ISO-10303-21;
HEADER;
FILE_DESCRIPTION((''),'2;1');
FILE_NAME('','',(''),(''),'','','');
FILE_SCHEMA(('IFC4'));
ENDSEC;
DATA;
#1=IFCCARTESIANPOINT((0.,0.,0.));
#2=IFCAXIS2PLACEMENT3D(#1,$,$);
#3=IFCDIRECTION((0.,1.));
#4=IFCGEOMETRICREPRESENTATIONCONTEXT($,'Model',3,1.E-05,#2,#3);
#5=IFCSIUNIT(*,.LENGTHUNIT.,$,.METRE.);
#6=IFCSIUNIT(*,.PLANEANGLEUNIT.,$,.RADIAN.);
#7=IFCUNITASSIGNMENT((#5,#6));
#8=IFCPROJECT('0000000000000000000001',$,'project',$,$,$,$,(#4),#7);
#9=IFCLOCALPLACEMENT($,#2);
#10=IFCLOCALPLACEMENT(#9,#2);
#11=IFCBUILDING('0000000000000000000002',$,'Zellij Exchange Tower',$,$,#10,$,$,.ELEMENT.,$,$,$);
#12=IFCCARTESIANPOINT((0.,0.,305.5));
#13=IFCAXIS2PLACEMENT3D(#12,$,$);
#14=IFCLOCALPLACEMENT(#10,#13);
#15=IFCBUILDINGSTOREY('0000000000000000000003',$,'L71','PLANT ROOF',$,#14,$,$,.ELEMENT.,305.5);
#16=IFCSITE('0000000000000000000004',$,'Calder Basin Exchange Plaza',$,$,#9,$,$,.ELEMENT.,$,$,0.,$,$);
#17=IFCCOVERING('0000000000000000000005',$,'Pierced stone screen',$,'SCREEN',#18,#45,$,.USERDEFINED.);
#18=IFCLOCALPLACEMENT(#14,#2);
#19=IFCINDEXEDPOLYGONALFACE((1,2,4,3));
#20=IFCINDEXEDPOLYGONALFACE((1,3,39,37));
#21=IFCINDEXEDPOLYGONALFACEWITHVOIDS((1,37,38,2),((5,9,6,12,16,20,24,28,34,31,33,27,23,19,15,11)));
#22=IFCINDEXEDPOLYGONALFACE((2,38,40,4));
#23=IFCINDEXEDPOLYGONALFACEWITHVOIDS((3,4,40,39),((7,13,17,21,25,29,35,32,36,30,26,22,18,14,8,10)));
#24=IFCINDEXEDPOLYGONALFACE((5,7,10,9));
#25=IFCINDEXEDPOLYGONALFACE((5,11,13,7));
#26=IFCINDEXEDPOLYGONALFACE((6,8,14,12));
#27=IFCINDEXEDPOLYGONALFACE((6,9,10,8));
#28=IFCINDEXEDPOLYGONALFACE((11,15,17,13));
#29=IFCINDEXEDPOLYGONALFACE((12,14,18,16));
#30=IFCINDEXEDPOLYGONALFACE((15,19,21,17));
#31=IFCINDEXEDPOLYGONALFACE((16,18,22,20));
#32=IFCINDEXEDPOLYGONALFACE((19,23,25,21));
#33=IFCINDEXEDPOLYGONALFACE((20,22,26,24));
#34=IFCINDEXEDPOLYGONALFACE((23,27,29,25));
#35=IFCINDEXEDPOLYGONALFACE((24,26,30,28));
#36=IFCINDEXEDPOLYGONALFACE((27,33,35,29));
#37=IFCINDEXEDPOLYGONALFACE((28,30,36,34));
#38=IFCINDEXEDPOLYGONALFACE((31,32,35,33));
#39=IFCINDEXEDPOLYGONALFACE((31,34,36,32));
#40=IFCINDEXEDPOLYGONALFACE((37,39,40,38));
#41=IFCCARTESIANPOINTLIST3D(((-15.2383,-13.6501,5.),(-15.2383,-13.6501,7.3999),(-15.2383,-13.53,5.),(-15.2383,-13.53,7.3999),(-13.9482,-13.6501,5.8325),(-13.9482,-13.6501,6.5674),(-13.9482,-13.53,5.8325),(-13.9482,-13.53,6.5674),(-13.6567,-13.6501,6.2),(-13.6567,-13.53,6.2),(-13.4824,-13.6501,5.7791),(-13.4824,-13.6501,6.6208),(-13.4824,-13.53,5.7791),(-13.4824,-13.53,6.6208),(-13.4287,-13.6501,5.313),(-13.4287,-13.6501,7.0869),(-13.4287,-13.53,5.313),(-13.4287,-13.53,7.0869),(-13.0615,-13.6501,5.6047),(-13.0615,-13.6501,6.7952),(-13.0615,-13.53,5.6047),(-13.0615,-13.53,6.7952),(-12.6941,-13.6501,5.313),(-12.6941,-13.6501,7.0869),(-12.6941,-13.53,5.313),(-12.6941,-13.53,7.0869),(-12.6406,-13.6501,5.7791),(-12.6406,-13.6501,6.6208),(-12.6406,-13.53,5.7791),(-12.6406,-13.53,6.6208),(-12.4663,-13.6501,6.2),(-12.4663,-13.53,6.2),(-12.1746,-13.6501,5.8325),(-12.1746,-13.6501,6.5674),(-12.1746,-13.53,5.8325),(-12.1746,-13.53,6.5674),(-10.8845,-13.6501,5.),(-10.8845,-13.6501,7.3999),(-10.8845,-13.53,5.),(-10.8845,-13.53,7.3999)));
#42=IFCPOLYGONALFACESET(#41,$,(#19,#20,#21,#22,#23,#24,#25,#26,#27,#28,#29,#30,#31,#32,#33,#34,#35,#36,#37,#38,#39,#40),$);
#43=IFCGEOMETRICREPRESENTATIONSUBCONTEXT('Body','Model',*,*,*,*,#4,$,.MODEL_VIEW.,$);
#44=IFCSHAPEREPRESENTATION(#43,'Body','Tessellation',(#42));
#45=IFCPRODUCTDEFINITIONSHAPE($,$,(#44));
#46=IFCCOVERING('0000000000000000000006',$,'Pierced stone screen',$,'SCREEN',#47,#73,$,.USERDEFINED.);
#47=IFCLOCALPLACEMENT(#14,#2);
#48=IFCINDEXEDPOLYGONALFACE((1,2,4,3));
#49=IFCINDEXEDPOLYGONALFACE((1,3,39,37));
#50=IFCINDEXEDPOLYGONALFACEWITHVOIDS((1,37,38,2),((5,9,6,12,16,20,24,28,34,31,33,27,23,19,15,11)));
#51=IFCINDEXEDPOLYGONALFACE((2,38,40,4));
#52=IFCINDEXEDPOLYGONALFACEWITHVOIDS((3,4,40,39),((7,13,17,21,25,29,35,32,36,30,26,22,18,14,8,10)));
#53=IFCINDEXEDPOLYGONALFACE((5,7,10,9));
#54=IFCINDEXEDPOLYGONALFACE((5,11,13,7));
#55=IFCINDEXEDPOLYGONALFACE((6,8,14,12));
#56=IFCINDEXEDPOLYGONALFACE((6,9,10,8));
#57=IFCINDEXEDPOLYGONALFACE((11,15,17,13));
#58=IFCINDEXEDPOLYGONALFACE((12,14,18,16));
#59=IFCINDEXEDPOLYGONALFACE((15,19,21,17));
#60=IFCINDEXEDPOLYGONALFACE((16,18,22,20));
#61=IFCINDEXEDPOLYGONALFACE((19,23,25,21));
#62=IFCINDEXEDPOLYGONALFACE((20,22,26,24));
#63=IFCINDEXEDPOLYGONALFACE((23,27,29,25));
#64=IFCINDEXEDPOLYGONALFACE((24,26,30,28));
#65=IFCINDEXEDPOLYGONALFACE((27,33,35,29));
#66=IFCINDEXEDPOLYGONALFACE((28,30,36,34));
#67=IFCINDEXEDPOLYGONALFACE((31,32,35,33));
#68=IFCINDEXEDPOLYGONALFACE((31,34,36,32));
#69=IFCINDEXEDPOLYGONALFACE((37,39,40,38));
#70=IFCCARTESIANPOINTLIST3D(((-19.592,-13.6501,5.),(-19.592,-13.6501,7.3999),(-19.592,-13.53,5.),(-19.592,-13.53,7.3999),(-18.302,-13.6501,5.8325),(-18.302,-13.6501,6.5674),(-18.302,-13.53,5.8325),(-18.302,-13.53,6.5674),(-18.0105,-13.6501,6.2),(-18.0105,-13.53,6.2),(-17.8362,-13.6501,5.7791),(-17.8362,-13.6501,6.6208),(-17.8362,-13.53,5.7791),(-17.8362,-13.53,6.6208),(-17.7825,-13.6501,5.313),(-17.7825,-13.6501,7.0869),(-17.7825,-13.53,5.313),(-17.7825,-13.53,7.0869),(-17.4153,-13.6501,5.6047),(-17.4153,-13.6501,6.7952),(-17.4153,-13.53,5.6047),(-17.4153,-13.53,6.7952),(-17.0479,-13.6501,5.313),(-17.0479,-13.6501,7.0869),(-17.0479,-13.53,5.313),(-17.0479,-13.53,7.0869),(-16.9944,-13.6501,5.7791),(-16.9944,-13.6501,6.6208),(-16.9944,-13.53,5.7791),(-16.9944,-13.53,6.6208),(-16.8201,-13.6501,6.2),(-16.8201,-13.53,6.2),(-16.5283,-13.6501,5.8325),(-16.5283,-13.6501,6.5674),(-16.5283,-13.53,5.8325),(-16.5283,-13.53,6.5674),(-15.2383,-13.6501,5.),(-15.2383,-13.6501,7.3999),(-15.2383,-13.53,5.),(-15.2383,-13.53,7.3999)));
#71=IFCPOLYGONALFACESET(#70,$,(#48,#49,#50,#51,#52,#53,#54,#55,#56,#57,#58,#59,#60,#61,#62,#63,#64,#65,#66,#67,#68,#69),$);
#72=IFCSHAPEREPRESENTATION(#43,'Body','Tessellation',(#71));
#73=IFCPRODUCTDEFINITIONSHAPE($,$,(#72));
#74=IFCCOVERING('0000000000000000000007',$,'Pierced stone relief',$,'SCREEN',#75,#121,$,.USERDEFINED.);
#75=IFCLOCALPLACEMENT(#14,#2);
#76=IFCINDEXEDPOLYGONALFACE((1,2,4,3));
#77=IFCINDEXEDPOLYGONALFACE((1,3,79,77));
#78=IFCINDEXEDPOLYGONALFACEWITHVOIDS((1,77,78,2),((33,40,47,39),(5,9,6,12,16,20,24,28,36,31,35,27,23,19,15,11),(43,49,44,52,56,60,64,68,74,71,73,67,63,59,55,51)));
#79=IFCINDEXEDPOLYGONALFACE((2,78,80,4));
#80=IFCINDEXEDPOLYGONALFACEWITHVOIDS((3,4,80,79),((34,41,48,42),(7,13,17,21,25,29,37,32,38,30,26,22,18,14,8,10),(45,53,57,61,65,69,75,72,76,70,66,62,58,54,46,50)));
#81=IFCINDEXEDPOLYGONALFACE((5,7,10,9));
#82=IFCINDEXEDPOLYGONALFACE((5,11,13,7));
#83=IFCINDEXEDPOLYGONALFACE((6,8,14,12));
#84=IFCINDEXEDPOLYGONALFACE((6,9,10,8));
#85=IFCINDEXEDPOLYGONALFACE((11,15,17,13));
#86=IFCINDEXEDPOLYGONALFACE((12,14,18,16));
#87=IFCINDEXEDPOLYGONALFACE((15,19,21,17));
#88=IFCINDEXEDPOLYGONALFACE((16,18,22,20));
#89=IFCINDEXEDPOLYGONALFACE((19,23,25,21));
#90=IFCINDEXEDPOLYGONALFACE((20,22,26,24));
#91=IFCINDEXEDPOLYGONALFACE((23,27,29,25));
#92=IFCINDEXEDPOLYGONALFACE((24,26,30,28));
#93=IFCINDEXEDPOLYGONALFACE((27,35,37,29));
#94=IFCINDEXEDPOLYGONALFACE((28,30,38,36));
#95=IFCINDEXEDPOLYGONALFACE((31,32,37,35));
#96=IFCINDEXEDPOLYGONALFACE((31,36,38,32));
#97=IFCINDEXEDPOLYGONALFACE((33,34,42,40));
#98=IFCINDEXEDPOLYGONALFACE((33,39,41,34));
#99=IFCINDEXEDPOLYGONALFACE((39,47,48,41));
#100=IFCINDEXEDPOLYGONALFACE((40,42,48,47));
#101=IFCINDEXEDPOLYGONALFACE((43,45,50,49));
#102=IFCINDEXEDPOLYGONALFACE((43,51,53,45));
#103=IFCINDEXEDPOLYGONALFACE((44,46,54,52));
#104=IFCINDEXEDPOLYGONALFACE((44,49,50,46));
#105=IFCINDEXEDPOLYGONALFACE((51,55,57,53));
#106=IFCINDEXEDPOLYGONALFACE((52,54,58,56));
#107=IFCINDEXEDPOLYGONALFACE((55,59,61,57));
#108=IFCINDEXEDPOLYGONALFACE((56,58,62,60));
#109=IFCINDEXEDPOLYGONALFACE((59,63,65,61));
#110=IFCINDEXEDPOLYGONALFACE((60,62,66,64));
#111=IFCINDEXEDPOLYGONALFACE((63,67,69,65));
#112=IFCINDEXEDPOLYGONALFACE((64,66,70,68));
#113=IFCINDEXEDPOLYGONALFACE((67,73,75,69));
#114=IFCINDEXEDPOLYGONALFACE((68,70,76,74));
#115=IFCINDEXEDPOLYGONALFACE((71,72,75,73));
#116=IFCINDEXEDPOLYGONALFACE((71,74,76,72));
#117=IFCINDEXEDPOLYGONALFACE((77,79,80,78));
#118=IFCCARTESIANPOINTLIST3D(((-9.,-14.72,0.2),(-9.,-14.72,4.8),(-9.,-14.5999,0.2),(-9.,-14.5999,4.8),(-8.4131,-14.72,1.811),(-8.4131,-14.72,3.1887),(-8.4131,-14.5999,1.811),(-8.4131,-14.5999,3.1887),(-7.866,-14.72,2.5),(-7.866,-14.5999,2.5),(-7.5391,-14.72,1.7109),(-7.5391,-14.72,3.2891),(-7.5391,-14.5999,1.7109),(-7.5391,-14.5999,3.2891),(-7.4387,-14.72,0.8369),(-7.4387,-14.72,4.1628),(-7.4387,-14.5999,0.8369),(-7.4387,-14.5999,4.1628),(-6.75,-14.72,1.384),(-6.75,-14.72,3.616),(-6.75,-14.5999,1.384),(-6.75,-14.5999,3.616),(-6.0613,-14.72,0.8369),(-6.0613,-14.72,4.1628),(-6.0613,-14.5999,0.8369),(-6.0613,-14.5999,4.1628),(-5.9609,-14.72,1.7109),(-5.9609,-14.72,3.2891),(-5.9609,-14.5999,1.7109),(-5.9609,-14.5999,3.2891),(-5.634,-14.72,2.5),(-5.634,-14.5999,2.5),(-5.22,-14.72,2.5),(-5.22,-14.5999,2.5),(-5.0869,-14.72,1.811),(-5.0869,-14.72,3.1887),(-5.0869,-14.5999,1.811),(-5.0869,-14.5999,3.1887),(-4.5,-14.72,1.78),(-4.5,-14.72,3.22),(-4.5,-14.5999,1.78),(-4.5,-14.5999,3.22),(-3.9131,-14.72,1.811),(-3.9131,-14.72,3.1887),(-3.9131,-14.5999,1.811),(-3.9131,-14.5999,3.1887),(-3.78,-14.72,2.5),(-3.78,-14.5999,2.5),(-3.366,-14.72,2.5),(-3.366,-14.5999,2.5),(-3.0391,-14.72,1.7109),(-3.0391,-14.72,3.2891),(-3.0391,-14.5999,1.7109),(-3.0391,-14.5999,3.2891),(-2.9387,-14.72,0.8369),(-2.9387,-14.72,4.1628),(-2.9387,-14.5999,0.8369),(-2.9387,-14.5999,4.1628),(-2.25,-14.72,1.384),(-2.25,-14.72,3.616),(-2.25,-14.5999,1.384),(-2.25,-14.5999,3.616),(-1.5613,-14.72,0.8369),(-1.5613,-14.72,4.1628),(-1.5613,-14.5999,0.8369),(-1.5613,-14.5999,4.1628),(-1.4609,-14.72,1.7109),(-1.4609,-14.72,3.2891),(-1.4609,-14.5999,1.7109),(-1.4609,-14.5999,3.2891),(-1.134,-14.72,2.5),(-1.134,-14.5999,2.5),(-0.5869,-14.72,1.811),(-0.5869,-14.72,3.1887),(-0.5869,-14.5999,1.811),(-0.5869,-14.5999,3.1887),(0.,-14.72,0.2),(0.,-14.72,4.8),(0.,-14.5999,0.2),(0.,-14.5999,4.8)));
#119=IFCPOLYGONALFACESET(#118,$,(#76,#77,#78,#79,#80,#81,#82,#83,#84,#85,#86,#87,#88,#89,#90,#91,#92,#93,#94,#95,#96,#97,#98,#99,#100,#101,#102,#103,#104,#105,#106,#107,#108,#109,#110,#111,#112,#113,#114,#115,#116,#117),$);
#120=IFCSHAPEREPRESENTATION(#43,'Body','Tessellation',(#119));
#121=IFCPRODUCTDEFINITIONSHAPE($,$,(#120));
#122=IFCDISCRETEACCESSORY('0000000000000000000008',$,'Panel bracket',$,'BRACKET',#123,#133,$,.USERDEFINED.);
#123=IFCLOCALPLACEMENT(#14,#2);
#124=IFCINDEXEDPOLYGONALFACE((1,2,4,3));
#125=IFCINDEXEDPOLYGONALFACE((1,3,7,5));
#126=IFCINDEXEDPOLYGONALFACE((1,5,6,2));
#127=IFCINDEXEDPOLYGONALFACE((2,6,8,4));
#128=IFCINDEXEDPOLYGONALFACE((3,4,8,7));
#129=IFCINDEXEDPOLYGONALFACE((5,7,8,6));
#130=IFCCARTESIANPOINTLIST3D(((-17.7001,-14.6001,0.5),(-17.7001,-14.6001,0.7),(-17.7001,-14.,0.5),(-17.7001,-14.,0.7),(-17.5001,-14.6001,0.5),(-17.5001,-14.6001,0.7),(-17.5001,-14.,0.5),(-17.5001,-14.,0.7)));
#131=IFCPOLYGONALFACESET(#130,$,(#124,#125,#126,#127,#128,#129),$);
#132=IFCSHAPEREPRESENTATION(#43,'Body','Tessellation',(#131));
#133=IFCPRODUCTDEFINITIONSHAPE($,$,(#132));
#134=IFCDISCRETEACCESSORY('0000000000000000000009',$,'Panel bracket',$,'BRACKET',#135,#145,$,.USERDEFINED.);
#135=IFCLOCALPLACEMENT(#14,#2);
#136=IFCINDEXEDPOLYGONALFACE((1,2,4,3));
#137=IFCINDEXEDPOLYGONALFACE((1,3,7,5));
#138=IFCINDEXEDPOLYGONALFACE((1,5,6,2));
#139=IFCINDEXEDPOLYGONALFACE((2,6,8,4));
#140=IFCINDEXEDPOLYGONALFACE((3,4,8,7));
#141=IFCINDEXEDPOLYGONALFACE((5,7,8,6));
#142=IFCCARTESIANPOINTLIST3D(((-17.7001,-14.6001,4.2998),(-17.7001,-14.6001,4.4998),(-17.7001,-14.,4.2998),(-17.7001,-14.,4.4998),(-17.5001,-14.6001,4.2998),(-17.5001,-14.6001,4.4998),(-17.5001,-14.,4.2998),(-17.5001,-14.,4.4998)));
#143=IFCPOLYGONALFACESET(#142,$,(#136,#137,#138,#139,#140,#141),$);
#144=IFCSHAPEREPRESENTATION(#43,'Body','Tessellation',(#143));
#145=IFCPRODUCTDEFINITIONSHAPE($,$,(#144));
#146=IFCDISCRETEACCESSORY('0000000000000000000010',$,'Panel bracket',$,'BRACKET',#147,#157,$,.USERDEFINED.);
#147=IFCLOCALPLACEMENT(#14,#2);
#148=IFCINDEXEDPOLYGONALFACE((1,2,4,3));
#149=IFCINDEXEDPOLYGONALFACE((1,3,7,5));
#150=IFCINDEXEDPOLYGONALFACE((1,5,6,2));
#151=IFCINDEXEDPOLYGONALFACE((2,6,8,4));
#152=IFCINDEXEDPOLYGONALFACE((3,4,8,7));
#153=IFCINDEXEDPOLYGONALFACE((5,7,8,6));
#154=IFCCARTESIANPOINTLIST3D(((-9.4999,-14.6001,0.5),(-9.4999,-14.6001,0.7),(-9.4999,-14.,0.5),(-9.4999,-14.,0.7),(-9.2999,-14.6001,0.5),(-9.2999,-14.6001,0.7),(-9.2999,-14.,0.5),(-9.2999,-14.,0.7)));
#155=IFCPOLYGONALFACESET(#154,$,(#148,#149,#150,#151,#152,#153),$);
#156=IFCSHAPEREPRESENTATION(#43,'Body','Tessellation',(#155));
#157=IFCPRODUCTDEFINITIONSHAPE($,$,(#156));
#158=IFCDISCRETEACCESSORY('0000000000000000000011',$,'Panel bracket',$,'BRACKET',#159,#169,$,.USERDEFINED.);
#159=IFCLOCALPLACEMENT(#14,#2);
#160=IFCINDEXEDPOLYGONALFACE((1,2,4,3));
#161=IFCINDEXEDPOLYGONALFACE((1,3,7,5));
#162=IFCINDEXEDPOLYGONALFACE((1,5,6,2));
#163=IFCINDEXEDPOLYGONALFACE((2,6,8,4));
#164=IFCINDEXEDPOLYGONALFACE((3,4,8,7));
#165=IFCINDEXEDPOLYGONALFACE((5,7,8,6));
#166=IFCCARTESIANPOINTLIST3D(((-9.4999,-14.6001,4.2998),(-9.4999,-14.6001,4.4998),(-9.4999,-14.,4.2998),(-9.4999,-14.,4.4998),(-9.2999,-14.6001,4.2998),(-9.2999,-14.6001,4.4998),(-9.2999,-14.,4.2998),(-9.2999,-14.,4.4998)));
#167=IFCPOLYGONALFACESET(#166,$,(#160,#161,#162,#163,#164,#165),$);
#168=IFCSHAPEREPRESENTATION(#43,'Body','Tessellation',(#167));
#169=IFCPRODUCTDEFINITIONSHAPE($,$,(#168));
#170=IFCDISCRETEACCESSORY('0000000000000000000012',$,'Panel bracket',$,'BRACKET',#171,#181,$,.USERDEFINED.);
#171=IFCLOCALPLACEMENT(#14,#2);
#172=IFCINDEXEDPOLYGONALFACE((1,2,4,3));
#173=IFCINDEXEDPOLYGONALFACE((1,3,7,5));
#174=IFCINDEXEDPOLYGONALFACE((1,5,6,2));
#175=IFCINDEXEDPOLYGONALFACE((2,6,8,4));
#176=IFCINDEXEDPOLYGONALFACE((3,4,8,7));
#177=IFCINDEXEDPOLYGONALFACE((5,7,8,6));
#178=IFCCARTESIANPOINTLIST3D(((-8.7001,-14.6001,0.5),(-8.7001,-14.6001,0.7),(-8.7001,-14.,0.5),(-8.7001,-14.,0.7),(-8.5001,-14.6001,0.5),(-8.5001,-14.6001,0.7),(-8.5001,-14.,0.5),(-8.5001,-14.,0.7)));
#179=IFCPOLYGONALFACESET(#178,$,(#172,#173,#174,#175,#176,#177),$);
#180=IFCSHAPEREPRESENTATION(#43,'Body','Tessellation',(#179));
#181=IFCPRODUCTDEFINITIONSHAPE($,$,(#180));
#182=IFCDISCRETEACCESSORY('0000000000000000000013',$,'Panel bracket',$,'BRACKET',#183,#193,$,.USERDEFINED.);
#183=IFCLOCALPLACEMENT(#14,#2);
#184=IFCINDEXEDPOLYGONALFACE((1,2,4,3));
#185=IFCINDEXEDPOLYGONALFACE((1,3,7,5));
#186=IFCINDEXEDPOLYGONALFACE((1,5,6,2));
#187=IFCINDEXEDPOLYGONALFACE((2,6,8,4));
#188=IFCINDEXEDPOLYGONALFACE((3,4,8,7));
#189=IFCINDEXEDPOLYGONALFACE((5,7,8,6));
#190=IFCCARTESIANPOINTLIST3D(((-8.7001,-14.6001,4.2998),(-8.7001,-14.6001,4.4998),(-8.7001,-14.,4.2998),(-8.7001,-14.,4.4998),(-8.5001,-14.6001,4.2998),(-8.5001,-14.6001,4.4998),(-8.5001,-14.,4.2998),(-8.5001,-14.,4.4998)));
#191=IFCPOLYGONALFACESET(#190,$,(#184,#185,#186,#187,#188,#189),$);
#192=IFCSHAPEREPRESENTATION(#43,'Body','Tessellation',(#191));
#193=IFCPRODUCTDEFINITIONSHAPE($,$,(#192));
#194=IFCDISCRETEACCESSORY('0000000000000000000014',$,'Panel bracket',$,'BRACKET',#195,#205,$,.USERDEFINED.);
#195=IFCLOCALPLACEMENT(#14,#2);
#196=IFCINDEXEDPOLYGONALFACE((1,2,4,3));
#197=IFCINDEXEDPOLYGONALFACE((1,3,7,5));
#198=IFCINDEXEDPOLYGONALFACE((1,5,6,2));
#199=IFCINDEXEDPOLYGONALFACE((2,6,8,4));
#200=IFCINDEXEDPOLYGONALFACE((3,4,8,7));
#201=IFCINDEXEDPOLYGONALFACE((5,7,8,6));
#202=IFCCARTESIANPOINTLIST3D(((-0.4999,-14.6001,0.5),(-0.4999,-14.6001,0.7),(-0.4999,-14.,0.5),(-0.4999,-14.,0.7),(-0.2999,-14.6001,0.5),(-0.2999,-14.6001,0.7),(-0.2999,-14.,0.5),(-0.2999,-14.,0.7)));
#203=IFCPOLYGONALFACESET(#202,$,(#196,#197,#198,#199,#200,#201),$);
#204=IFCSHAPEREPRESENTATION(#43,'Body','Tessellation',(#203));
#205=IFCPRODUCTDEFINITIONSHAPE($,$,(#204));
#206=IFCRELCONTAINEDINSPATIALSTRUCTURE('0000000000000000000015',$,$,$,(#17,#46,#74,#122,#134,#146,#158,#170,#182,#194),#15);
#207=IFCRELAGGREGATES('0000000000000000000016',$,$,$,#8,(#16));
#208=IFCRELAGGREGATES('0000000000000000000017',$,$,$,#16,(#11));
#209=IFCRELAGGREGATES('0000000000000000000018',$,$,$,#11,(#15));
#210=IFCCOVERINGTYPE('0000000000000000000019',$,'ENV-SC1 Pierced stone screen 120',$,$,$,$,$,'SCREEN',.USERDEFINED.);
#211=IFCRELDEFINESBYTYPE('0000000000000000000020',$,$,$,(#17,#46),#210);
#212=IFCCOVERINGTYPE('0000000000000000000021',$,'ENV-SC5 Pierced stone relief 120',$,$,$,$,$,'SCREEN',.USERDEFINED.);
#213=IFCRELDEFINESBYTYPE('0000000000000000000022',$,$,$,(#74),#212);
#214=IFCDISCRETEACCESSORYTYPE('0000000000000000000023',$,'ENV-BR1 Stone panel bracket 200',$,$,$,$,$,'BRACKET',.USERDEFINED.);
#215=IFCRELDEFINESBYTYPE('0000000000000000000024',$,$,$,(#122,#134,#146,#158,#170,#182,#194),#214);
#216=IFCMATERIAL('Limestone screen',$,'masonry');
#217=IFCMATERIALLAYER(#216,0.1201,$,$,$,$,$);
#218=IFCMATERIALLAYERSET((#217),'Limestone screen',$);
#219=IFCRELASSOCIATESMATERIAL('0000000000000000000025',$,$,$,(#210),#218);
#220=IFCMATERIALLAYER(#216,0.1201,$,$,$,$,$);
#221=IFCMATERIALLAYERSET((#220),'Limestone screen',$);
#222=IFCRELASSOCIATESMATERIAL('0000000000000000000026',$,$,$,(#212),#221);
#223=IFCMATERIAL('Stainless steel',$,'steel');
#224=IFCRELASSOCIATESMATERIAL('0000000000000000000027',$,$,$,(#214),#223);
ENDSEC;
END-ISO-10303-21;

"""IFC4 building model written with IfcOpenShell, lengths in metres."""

from ifc_helpers import new_model, si_unit, direction, frame, origin, origin_2d, place, context, subcontext, project, spatial, polyline, rectangle, outline, extrude, material, layer, layer_set, type_object, element, save


model = new_model("IFC4")

# Units and contexts
model_context = context("Model", 3, precision=1e-05, world=origin(), true_north=direction((0.0, 1.0)))
body_context = subcontext(model_context, "Body", "Model", "MODEL_VIEW")
ifc_project = project(units=[si_unit("LENGTHUNIT", "METRE"), si_unit("PLANEANGLEUNIT", "RADIAN")], contexts=[model_context])

# Site, building, storey
site_placement = place(None, origin())
site = spatial("IfcSite", under=ifc_project, at=site_placement, Name="Calder Basin Exchange Plaza", CompositionType="ELEMENT", RefElevation=0.0)
building_placement = place(site_placement, origin())
building = spatial("IfcBuilding", under=site, at=building_placement, Name="Zellij Exchange Tower", CompositionType="ELEMENT")
storey_placement = place(building_placement, frame((0.0, 0.0, 305.5)))
storey = spatial("IfcBuildingStorey", under=building, at=storey_placement, Name="L71", Description="PLANT ROOF", CompositionType="ELEMENT", Elevation=305.5)

# Shared definitions
ifc_material_1 = material(Name="Stainless steel", Category="steel")

# Coverings
ifc_material_2 = material(Name="Limestone screen", Category="masonry")
ifc_layer_1 = layer(ifc_material_2, 0.1201)
ifc_layer_set_1 = layer_set([ifc_layer_1], Name="Limestone screen")
covering_type_1 = type_object("IfcCoveringType", Name="ENV-SC1 Pierced stone screen 120", ElementType="SCREEN", PredefinedType="USERDEFINED", material=ifc_layer_set_1)
for number, where, z_axis, x_axis, name in (
    (1, (-10.8845, -13.5901, 5.0), (0.0, 0.0, 1.0), (-1.0, 0.0, 0.0), "Pierced stone screen"),
    (2, (-15.2383, -13.5901, 5.0), (0.0, 0.0, 1.0), (-1.0, 0.0, 0.0), "Pierced stone screen"),
):
    element("IfcCovering", number, at=place(storey_placement, frame(where, z_axis=z_axis, x_axis=x_axis)), inside=storey, type_object=covering_type_1, Name=name, ObjectType="SCREEN", PredefinedType="USERDEFINED", context=body_context, shape_type="SweptSolid", body=[
        extrude(outline(polyline([(0.0, 0.0), (4.3538, 0.0), (4.3538, 2.3999), (0.0, 2.3999), (0.0, 0.0)]), holes=[polyline([(3.0637, 1.5674), (2.5979, 1.6208), (2.5442, 2.0869), (2.177, 1.7952), (1.8096, 2.0869), (1.7561, 1.6208), (1.29, 1.5674), (1.5818, 1.2), (1.29, 0.8325), (1.7561, 0.7791), (1.8096, 0.313), (2.177, 0.6047), (2.5442, 0.313), (2.5979, 0.7791), (3.0637, 0.8325), (2.7722, 1.2), (3.0637, 1.5674)])]), frame((0.0, 0.0601, 0.0), z_axis=(0.0, -1.0, 0.0), x_axis=(1.0, 0.0, 0.0)), (0.0, 0.0, 1.0), 0.1201),
    ])
ifc_layer_2 = layer(ifc_material_2, 0.1201)
ifc_layer_set_2 = layer_set([ifc_layer_2], Name="Limestone screen")
covering_type_2 = type_object("IfcCoveringType", Name="ENV-SC5 Pierced stone relief 120", ElementType="SCREEN", PredefinedType="USERDEFINED", material=ifc_layer_set_2)
covering_placement = place(storey_placement, frame((-9.0, -14.6599, 0.2), z_axis=(0.0, 0.0, 1.0), x_axis=(1.0, 0.0, 0.0)))
element("IfcCovering", 3, at=covering_placement, inside=storey, type_object=covering_type_2, Name="Pierced stone relief", ObjectType="SCREEN", PredefinedType="USERDEFINED", context=body_context, shape_type="SweptSolid", body=[
    extrude(outline(polyline([(0.0, 0.0), (9.0, 0.0), (9.0, 4.6001), (0.0, 4.6001), (0.0, 0.0)]), holes=[polyline([(3.9131, 2.9888), (3.0391, 3.0891), (2.9387, 3.9629), (2.25, 3.416), (1.5613, 3.9629), (1.4609, 3.0891), (0.5869, 2.9888), (1.134, 2.3), (0.5869, 1.6111), (1.4609, 1.511), (1.5613, 0.637), (2.25, 1.1841), (2.9387, 0.637), (3.0391, 1.511), (3.9131, 1.6111), (3.366, 2.3), (3.9131, 2.9888)]), polyline([(8.4131, 2.9888), (7.5391, 3.0891), (7.4387, 3.9629), (6.75, 3.416), (6.0613, 3.9629), (5.9609, 3.0891), (5.0869, 2.9888), (5.634, 2.3), (5.0869, 1.6111), (5.9609, 1.511), (6.0613, 0.637), (6.75, 1.1841), (7.4387, 0.637), (7.5391, 1.511), (8.4131, 1.6111), (7.866, 2.3), (8.4131, 2.9888)]), polyline([(5.22, 2.3), (4.5, 3.02), (3.78, 2.3), (4.5, 1.5801), (5.22, 2.3)])]), frame((0.0, 0.0601, 0.0), z_axis=(0.0, -1.0, 0.0), x_axis=(1.0, 0.0, 0.0)), (0.0, 0.0, 1.0), 0.1201),
])

# Discrete accessories
discrete_accessory_type = type_object("IfcDiscreteAccessoryType", Name="ENV-BR1 Stone panel bracket 200", ElementType="BRACKET", PredefinedType="USERDEFINED", material=ifc_material_1)
for number, where, z_axis, x_axis, name in (
    (4, (-17.6001, -14.3, 0.5), (0.0, 0.0, 1.0), (1.0, 0.0, 0.0), "Panel bracket"),
    (5, (-17.6001, -14.3, 4.2998), (0.0, 0.0, 1.0), (1.0, 0.0, 0.0), "Panel bracket"),
    (6, (-9.3999, -14.3, 0.5), (0.0, 0.0, 1.0), (1.0, 0.0, 0.0), "Panel bracket"),
    (7, (-9.3999, -14.3, 4.2998), (0.0, 0.0, 1.0), (1.0, 0.0, 0.0), "Panel bracket"),
    (8, (-8.6001, -14.3, 0.5), (0.0, 0.0, 1.0), (1.0, 0.0, 0.0), "Panel bracket"),
    (9, (-8.6001, -14.3, 4.2998), (0.0, 0.0, 1.0), (1.0, 0.0, 0.0), "Panel bracket"),
    (10, (-0.3999, -14.3, 0.5), (0.0, 0.0, 1.0), (1.0, 0.0, 0.0), "Panel bracket"),
):
    element("IfcDiscreteAccessory", number, at=place(storey_placement, frame(where, z_axis=z_axis, x_axis=x_axis)), inside=storey, type_object=discrete_accessory_type, Name=name, ObjectType="BRACKET", PredefinedType="USERDEFINED", context=body_context, shape_type="SweptSolid", body=[
        extrude(rectangle(XDim=0.2, YDim=0.6001, at=origin_2d()), origin(), (0.0, 0.0, 1.0), 0.2),
    ])

save(model, "model.ifc")
